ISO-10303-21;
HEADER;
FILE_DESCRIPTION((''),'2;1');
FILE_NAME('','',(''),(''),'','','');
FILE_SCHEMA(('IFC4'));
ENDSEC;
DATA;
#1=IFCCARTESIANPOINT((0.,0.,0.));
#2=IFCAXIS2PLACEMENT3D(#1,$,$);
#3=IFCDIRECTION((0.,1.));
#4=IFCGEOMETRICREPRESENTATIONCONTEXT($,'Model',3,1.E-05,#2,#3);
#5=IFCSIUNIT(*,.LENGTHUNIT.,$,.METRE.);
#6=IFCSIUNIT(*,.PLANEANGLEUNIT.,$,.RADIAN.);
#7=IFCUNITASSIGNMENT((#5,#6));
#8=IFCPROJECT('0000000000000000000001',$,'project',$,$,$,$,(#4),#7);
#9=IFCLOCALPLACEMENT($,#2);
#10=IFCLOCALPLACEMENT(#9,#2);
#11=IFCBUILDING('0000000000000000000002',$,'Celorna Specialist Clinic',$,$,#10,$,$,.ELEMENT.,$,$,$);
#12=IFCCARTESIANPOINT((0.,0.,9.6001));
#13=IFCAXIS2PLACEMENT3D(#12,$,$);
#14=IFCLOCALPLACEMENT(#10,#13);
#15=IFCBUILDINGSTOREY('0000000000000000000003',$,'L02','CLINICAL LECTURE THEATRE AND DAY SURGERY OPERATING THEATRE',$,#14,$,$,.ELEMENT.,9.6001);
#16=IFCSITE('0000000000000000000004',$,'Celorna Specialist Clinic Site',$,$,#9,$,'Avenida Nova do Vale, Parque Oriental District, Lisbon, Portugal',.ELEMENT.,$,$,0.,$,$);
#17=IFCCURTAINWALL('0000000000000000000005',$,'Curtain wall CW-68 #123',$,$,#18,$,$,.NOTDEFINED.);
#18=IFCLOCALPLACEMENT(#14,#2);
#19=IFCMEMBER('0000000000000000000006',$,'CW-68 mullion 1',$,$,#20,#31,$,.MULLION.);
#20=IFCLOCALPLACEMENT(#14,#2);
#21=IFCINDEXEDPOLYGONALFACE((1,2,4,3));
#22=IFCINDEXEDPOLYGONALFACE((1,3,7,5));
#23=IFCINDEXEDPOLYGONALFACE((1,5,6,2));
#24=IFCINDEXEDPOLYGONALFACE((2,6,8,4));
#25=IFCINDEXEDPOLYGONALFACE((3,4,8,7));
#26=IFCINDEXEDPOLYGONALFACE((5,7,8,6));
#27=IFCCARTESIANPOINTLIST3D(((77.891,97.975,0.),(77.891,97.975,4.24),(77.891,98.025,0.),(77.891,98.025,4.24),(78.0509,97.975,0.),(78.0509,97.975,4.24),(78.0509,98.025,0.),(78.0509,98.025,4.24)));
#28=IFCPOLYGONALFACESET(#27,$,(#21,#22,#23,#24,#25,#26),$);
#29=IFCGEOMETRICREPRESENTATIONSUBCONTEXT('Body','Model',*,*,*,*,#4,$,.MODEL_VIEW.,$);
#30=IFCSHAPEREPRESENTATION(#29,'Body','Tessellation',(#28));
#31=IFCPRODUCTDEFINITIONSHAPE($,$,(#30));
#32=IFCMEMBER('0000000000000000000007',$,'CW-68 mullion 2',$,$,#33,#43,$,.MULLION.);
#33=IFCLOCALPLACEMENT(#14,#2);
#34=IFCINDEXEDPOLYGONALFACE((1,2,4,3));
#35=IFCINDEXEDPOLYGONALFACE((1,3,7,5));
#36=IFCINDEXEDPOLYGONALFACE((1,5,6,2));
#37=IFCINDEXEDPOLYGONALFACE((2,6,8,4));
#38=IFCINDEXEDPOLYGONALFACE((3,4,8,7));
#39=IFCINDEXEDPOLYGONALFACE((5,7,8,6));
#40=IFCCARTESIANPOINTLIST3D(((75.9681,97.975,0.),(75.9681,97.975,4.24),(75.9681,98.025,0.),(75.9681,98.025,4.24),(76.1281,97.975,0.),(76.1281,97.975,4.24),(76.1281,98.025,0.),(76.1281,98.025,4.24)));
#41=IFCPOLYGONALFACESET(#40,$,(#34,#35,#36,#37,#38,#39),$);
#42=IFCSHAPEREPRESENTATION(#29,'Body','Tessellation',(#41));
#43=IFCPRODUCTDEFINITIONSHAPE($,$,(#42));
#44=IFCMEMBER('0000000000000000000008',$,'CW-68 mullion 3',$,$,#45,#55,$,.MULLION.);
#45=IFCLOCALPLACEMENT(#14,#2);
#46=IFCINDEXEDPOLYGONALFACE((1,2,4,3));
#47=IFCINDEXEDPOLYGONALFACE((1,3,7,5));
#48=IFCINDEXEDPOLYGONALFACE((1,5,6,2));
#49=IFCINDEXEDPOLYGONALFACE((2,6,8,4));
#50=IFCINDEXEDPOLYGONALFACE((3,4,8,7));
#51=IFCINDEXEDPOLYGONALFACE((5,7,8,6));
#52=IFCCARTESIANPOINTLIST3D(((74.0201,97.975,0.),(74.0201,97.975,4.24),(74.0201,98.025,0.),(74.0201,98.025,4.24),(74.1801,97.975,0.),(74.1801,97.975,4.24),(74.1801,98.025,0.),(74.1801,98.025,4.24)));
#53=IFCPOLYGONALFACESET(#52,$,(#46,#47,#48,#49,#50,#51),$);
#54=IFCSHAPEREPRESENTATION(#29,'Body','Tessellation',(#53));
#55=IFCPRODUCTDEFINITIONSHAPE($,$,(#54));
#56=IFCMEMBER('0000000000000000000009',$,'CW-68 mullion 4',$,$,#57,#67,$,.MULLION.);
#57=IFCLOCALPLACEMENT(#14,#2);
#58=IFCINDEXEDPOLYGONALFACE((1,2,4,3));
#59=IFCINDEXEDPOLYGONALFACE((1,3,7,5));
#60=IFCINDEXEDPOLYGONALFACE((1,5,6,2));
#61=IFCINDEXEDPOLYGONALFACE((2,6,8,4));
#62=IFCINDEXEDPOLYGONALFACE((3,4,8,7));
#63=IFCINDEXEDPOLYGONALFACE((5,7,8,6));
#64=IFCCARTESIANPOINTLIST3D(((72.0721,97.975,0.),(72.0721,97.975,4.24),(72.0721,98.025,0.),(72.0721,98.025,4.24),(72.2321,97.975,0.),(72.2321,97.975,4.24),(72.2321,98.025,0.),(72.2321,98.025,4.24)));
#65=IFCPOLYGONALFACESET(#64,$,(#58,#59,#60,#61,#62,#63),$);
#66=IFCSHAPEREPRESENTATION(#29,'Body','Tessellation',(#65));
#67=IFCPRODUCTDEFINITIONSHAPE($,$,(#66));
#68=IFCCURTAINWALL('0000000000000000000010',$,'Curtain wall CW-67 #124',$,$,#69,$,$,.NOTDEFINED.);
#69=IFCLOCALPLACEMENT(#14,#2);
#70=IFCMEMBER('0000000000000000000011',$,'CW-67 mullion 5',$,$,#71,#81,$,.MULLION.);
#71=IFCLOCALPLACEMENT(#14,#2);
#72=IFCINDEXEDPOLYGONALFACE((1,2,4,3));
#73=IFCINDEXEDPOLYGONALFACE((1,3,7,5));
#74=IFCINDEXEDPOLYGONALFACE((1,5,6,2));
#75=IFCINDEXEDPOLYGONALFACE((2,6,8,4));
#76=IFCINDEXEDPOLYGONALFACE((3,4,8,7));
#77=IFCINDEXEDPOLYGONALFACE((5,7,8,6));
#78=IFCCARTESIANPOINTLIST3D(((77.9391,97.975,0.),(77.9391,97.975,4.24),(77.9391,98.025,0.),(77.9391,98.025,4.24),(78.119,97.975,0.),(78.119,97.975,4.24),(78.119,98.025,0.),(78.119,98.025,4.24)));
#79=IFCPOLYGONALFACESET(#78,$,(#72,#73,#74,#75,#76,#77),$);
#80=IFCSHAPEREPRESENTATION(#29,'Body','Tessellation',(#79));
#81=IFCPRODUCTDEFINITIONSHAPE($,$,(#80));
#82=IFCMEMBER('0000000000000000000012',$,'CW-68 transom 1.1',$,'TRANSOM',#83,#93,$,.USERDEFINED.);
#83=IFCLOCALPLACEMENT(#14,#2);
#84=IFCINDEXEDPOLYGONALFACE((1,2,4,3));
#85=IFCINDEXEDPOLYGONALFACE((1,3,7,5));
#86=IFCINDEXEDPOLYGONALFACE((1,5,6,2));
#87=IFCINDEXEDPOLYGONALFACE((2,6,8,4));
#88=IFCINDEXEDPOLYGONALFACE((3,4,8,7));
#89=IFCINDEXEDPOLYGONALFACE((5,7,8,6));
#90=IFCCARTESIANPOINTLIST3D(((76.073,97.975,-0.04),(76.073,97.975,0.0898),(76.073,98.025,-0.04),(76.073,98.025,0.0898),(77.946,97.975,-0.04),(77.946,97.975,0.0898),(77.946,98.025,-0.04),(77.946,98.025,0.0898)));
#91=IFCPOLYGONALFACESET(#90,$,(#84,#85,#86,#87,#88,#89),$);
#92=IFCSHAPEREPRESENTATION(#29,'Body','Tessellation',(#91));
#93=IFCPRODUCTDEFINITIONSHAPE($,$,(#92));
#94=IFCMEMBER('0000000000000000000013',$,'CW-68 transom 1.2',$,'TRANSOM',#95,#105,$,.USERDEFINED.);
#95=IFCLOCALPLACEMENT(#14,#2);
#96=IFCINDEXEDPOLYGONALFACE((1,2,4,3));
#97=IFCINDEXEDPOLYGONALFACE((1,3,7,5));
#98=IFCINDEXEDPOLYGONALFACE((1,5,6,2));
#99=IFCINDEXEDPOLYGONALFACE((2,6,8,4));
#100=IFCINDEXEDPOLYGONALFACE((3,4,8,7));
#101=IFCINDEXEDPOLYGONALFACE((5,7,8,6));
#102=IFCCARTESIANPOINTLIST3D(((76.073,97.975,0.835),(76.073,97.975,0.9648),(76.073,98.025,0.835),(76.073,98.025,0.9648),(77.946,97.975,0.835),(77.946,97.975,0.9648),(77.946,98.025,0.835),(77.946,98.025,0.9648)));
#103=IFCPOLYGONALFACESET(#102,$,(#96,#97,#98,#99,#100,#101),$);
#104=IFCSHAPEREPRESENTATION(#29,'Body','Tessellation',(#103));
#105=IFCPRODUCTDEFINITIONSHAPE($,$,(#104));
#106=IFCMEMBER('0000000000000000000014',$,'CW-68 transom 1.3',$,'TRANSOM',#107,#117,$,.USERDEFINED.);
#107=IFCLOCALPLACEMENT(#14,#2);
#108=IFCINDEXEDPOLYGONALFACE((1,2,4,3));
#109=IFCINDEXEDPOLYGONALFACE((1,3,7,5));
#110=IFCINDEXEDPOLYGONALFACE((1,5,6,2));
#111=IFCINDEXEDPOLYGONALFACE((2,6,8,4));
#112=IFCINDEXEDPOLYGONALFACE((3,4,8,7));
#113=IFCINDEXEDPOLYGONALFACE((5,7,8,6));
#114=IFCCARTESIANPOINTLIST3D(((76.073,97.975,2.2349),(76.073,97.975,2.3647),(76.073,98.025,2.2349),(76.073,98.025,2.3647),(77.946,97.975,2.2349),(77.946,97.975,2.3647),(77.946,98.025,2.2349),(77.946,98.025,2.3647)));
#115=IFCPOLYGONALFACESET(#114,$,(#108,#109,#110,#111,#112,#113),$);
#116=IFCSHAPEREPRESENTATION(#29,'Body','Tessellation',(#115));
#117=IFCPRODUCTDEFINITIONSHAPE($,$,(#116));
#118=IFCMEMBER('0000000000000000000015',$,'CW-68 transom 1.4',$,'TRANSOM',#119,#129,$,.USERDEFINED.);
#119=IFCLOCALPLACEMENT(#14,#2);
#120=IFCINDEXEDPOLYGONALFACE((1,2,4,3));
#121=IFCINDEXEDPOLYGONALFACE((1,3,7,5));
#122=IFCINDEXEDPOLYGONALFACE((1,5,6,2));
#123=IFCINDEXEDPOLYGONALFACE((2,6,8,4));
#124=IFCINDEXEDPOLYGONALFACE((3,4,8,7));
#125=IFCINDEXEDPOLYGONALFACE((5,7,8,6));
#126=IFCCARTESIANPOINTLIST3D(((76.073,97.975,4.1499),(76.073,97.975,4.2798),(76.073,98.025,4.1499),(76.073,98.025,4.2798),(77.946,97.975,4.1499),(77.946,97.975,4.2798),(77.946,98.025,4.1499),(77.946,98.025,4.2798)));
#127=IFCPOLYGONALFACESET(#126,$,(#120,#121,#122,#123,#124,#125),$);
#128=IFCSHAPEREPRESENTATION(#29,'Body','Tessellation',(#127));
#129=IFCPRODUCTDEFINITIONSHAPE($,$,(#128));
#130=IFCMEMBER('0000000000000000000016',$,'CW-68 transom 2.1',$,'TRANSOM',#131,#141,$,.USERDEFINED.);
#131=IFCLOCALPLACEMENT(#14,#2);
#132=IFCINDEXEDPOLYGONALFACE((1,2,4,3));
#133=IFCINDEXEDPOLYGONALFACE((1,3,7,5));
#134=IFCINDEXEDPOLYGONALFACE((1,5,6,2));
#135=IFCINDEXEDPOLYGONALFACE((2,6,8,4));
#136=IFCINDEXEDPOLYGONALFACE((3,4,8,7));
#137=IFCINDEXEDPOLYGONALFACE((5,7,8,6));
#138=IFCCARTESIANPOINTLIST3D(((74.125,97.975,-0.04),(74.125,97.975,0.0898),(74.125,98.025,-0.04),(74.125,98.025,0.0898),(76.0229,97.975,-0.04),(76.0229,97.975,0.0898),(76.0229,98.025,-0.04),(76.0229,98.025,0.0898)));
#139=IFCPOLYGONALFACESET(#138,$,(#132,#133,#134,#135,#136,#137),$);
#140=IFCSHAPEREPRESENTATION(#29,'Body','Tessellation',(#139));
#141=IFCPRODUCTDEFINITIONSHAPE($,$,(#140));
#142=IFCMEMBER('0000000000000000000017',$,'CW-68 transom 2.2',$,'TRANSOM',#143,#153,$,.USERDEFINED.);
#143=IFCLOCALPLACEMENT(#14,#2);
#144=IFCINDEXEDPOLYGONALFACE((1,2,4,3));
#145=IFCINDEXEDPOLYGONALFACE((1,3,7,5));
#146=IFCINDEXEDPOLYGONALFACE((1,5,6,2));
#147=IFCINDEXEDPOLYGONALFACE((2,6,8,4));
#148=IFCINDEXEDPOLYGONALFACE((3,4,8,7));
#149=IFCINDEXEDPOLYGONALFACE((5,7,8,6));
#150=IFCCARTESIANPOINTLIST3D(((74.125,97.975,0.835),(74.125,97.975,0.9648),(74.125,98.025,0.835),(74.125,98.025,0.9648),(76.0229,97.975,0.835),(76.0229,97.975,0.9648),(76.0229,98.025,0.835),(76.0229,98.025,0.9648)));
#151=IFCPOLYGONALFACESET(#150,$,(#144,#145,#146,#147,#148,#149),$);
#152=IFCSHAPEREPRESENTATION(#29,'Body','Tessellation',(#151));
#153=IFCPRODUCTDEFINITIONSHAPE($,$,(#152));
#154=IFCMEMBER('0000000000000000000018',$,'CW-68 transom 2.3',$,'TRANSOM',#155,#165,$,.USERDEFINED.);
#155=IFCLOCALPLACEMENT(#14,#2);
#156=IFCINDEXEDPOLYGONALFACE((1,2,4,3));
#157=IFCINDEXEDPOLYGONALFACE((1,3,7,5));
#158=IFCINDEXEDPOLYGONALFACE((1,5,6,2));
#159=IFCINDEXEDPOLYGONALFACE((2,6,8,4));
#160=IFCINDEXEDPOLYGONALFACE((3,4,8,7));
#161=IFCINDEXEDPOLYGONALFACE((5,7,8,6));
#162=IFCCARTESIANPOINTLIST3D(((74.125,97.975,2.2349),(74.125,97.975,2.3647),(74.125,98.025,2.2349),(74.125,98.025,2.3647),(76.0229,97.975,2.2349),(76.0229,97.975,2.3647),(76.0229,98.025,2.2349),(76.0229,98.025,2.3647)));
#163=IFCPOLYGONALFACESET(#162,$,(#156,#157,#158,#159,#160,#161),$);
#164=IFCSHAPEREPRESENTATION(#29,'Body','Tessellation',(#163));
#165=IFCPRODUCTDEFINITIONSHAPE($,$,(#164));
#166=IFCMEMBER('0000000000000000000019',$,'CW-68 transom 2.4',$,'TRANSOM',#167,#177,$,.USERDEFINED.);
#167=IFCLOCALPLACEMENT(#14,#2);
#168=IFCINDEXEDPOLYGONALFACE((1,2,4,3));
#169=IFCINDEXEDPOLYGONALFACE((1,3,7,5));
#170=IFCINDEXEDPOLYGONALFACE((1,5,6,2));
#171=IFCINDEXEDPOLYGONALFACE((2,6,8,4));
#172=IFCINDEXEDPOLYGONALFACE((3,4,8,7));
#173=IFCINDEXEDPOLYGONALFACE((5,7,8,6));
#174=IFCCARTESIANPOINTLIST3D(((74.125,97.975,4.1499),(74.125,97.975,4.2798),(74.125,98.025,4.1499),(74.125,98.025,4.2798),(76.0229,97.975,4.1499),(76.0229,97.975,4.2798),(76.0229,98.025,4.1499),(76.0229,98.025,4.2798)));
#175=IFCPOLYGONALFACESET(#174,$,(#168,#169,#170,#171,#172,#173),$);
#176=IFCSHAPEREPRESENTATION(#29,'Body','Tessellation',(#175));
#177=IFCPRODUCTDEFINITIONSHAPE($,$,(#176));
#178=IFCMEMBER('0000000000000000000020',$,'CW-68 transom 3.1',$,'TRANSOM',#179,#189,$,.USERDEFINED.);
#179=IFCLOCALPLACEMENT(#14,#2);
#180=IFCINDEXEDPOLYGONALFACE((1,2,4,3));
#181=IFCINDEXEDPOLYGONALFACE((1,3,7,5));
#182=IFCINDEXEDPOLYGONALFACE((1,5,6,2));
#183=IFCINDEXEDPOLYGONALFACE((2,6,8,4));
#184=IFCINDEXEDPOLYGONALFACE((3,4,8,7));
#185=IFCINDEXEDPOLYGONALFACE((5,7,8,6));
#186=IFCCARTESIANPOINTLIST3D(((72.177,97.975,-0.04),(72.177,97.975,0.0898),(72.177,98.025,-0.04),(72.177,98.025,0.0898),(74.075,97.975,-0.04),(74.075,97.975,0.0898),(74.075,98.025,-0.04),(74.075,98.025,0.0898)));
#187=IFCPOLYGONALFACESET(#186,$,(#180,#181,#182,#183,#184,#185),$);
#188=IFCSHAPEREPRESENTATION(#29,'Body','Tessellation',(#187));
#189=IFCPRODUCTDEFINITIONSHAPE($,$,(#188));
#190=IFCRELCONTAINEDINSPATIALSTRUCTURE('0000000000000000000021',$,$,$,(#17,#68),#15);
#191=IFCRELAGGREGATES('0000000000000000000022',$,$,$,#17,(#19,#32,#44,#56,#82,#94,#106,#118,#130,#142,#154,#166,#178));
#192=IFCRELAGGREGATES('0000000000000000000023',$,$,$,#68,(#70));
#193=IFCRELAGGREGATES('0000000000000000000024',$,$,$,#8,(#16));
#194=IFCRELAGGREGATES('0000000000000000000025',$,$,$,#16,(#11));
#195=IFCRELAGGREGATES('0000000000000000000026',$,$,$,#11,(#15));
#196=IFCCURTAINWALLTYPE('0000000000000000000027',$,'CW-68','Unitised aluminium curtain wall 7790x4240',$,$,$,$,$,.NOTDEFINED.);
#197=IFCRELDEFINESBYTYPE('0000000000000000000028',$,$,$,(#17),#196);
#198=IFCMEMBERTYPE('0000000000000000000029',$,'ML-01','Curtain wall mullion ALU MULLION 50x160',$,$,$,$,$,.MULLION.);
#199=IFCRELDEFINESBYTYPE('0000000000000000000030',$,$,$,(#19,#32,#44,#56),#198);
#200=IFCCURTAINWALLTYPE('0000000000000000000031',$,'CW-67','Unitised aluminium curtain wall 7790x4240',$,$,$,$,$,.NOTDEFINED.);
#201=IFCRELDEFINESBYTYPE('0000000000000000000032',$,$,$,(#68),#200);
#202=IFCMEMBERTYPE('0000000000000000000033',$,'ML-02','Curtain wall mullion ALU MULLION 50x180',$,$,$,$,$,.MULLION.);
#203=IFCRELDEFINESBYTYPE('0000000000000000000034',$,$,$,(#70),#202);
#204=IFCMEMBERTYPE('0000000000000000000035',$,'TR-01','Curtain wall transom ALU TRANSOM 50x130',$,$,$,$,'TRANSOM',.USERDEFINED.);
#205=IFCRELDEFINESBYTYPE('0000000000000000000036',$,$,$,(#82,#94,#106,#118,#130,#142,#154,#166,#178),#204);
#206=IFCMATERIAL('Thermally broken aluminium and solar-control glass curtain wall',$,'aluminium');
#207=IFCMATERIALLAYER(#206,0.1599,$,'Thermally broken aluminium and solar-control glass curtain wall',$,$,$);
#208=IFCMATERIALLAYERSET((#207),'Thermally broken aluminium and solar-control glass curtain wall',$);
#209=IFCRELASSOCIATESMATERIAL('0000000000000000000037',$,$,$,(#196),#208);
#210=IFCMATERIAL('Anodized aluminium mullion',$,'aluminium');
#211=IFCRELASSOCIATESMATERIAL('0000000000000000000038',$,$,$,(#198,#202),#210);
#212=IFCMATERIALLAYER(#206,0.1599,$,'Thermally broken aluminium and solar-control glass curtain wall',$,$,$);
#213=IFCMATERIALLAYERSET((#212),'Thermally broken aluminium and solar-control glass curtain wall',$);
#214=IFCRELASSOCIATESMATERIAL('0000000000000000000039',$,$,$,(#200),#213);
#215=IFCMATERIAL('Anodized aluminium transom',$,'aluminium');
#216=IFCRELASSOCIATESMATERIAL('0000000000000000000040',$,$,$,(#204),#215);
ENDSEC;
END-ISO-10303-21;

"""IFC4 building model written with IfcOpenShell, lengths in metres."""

from ifc_helpers import new_model, si_unit, direction, frame, origin, origin_2d, place, context, subcontext, project, spatial, rectangle, extrude, material, layer, layer_set, material_profile, profile_set, type_object, element, aggregate, save


model = new_model("IFC4")

# Units and contexts
model_context = context("Model", 3, precision=1e-05, world=origin(), true_north=direction((0.0, 1.0)))
body_context = subcontext(model_context, "Body", "Model", "MODEL_VIEW")
ifc_project = project(units=[si_unit("LENGTHUNIT", "METRE"), si_unit("PLANEANGLEUNIT", "RADIAN")], contexts=[model_context])

# Site, building, storey
site_placement = place(None, origin())
site = spatial("IfcSite", under=ifc_project, at=site_placement, Name="Celorna Specialist Clinic Site", LongName="Avenida Nova do Vale, Parque Oriental District, Lisbon, Portugal", CompositionType="ELEMENT", RefElevation=0.0)
building_placement = place(site_placement, origin())
building = spatial("IfcBuilding", under=site, at=building_placement, Name="Celorna Specialist Clinic", CompositionType="ELEMENT")
storey_placement = place(building_placement, frame((0.0, 0.0, 9.6001)))
storey = spatial("IfcBuildingStorey", under=building, at=storey_placement, Name="L02", Description="CLINICAL LECTURE THEATRE AND DAY SURGERY OPERATING THEATRE", CompositionType="ELEMENT", Elevation=9.6001)

# Curtain wall, members
ifc_material_1 = material(Name="Thermally broken aluminium and solar-control glass curtain wall", Category="aluminium")
ifc_layer_1 = layer(ifc_material_1, 0.1599, Name="Thermally broken aluminium and solar-control glass curtain wall")
ifc_layer_set_1 = layer_set([ifc_layer_1], Name="Thermally broken aluminium and solar-control glass curtain wall")
curtain_wall_type_1 = type_object("IfcCurtainWallType", Name="CW-68", Description="Unitised aluminium curtain wall 7790x4240", PredefinedType="NOTDEFINED", material=ifc_layer_set_1)
curtain_wall_1_placement = place(storey_placement, origin())
curtain_wall_1 = element("IfcCurtainWall", 1, at=curtain_wall_1_placement, inside=storey, type_object=curtain_wall_type_1, Name="Curtain wall CW-68 #123", PredefinedType="NOTDEFINED")
ifc_material_2 = material(Name="Anodized aluminium mullion", Category="aluminium")
ifc_material_profile_1 = material_profile(ifc_material_2, rectangle(XDim=0.05, YDim=0.1599, at=origin_2d()), Name="ALU MULLION 50x160")
ifc_profile_set_1 = profile_set([ifc_material_profile_1], Name="Anodized aluminium mullion")
member_type_1 = type_object("IfcMemberType", Name="ML-01", Description="Curtain wall mullion ALU MULLION 50x160", PredefinedType="MULLION", material=ifc_profile_set_1)
member_1_placement = place(storey_placement, frame((77.9709, 98.0, 0.0), z_axis=(0.0, 0.0, 1.0), x_axis=(0.0, -1.0, 0.0)))
member_1 = element("IfcMember", 2, at=member_1_placement, type_object=member_type_1, Name="CW-68 mullion 1", PredefinedType="MULLION", context=body_context, shape_type="SweptSolid", body=[
    extrude(rectangle(XDim=0.05, YDim=0.1599, at=origin_2d()), origin(), (0.0, 0.0, 1.0), 4.24),
])
member_2_placement = place(storey_placement, frame((76.0481, 98.0, 0.0), z_axis=(0.0, 0.0, 1.0), x_axis=(0.0, -1.0, 0.0)))
member_2 = element("IfcMember", 3, at=member_2_placement, type_object=member_type_1, Name="CW-68 mullion 2", PredefinedType="MULLION", context=body_context, shape_type="SweptSolid", body=[
    extrude(rectangle(XDim=0.05, YDim=0.1599, at=origin_2d()), origin(), (0.0, 0.0, 1.0), 4.24),
])
member_3_placement = place(storey_placement, frame((74.1001, 98.0, 0.0), z_axis=(0.0, 0.0, 1.0), x_axis=(0.0, -1.0, 0.0)))
member_3 = element("IfcMember", 4, at=member_3_placement, type_object=member_type_1, Name="CW-68 mullion 3", PredefinedType="MULLION", context=body_context, shape_type="SweptSolid", body=[
    extrude(rectangle(XDim=0.05, YDim=0.1599, at=origin_2d()), origin(), (0.0, 0.0, 1.0), 4.24),
])
member_4_placement = place(storey_placement, frame((72.1521, 98.0, 0.0), z_axis=(0.0, 0.0, 1.0), x_axis=(0.0, -1.0, 0.0)))
member_4 = element("IfcMember", 5, at=member_4_placement, type_object=member_type_1, Name="CW-68 mullion 4", PredefinedType="MULLION", context=body_context, shape_type="SweptSolid", body=[
    extrude(rectangle(XDim=0.05, YDim=0.1599, at=origin_2d()), origin(), (0.0, 0.0, 1.0), 4.24),
])

# Curtain wall, member
ifc_layer_2 = layer(ifc_material_1, 0.1599, Name="Thermally broken aluminium and solar-control glass curtain wall")
ifc_layer_set_2 = layer_set([ifc_layer_2], Name="Thermally broken aluminium and solar-control glass curtain wall")
curtain_wall_type_2 = type_object("IfcCurtainWallType", Name="CW-67", Description="Unitised aluminium curtain wall 7790x4240", PredefinedType="NOTDEFINED", material=ifc_layer_set_2)
curtain_wall_2_placement = place(storey_placement, origin())
curtain_wall_2 = element("IfcCurtainWall", 6, at=curtain_wall_2_placement, inside=storey, type_object=curtain_wall_type_2, Name="Curtain wall CW-67 #124", PredefinedType="NOTDEFINED")
ifc_material_profile_2 = material_profile(ifc_material_2, rectangle(XDim=0.05, YDim=0.1799, at=origin_2d()), Name="ALU MULLION 50x180")
ifc_profile_set_2 = profile_set([ifc_material_profile_2], Name="Anodized aluminium mullion")
member_type_2 = type_object("IfcMemberType", Name="ML-02", Description="Curtain wall mullion ALU MULLION 50x180", PredefinedType="MULLION", material=ifc_profile_set_2)
member_5_placement = place(storey_placement, frame((78.0291, 98.0, 0.0), z_axis=(0.0, 0.0, 1.0), x_axis=(0.0, -1.0, 0.0)))
member_5 = element("IfcMember", 7, at=member_5_placement, type_object=member_type_2, Name="CW-67 mullion 5", PredefinedType="MULLION", context=body_context, shape_type="SweptSolid", body=[
    extrude(rectangle(XDim=0.05, YDim=0.1799, at=origin_2d()), origin(), (0.0, 0.0, 1.0), 4.24),
])

# Members
ifc_material_3 = material(Name="Anodized aluminium transom", Category="aluminium")
ifc_material_profile_3 = material_profile(ifc_material_3, rectangle(XDim=0.05, YDim=0.1299, at=origin_2d()), Name="ALU TRANSOM 50x130")
ifc_profile_set_3 = profile_set([ifc_material_profile_3], Name="Anodized aluminium transom")
member_type_3 = type_object("IfcMemberType", Name="TR-01", Description="Curtain wall transom ALU TRANSOM 50x130", ElementType="TRANSOM", PredefinedType="USERDEFINED", material=ifc_profile_set_3)
member_6_placement = place(storey_placement, frame((77.946, 98.0, 0.0249), z_axis=(-1.0, 0.0, 0.0), x_axis=(0.0, -1.0, 0.0)))
member_6 = element("IfcMember", 8, at=member_6_placement, type_object=member_type_3, Name="CW-68 transom 1.1", ObjectType="TRANSOM", PredefinedType="USERDEFINED", context=body_context, shape_type="SweptSolid", body=[
    extrude(rectangle(XDim=0.05, YDim=0.1299, at=origin_2d()), origin(), (0.0, 0.0, 1.0), 1.873),
])
member_7_placement = place(storey_placement, frame((77.946, 98.0, 0.8999), z_axis=(-1.0, 0.0, 0.0), x_axis=(0.0, -1.0, 0.0)))
member_7 = element("IfcMember", 9, at=member_7_placement, type_object=member_type_3, Name="CW-68 transom 1.2", ObjectType="TRANSOM", PredefinedType="USERDEFINED", context=body_context, shape_type="SweptSolid", body=[
    extrude(rectangle(XDim=0.05, YDim=0.1299, at=origin_2d()), origin(), (0.0, 0.0, 1.0), 1.873),
])
member_8_placement = place(storey_placement, frame((77.946, 98.0, 2.2998), z_axis=(-1.0, 0.0, 0.0), x_axis=(0.0, -1.0, 0.0)))
member_8 = element("IfcMember", 10, at=member_8_placement, type_object=member_type_3, Name="CW-68 transom 1.3", ObjectType="TRANSOM", PredefinedType="USERDEFINED", context=body_context, shape_type="SweptSolid", body=[
    extrude(rectangle(XDim=0.05, YDim=0.1299, at=origin_2d()), origin(), (0.0, 0.0, 1.0), 1.873),
])
member_9_placement = place(storey_placement, frame((77.946, 98.0, 4.2148), z_axis=(-1.0, 0.0, 0.0), x_axis=(0.0, -1.0, 0.0)))
member_9 = element("IfcMember", 11, at=member_9_placement, type_object=member_type_3, Name="CW-68 transom 1.4", ObjectType="TRANSOM", PredefinedType="USERDEFINED", context=body_context, shape_type="SweptSolid", body=[
    extrude(rectangle(XDim=0.05, YDim=0.1299, at=origin_2d()), origin(), (0.0, 0.0, 1.0), 1.873),
])
member_10_placement = place(storey_placement, frame((76.0229, 98.0, 0.0249), z_axis=(-1.0, 0.0, 0.0), x_axis=(0.0, -1.0, 0.0)))
member_10 = element("IfcMember", 12, at=member_10_placement, type_object=member_type_3, Name="CW-68 transom 2.1", ObjectType="TRANSOM", PredefinedType="USERDEFINED", context=body_context, shape_type="SweptSolid", body=[
    extrude(rectangle(XDim=0.05, YDim=0.1299, at=origin_2d()), origin(), (0.0, 0.0, 1.0), 1.8979),
])
member_11_placement = place(storey_placement, frame((76.0229, 98.0, 0.8999), z_axis=(-1.0, 0.0, 0.0), x_axis=(0.0, -1.0, 0.0)))
member_11 = element("IfcMember", 13, at=member_11_placement, type_object=member_type_3, Name="CW-68 transom 2.2", ObjectType="TRANSOM", PredefinedType="USERDEFINED", context=body_context, shape_type="SweptSolid", body=[
    extrude(rectangle(XDim=0.05, YDim=0.1299, at=origin_2d()), origin(), (0.0, 0.0, 1.0), 1.8979),
])
member_12_placement = place(storey_placement, frame((76.0229, 98.0, 2.2998), z_axis=(-1.0, 0.0, 0.0), x_axis=(0.0, -1.0, 0.0)))
member_12 = element("IfcMember", 14, at=member_12_placement, type_object=member_type_3, Name="CW-68 transom 2.3", ObjectType="TRANSOM", PredefinedType="USERDEFINED", context=body_context, shape_type="SweptSolid", body=[
    extrude(rectangle(XDim=0.05, YDim=0.1299, at=origin_2d()), origin(), (0.0, 0.0, 1.0), 1.8979),
])
member_13_placement = place(storey_placement, frame((76.0229, 98.0, 4.2148), z_axis=(-1.0, 0.0, 0.0), x_axis=(0.0, -1.0, 0.0)))
member_13 = element("IfcMember", 15, at=member_13_placement, type_object=member_type_3, Name="CW-68 transom 2.4", ObjectType="TRANSOM", PredefinedType="USERDEFINED", context=body_context, shape_type="SweptSolid", body=[
    extrude(rectangle(XDim=0.05, YDim=0.1299, at=origin_2d()), origin(), (0.0, 0.0, 1.0), 1.8979),
])
member_14_placement = place(storey_placement, frame((74.075, 98.0, 0.0249), z_axis=(-1.0, 0.0, 0.0), x_axis=(0.0, -1.0, 0.0)))
member_14 = element("IfcMember", 16, at=member_14_placement, type_object=member_type_3, Name="CW-68 transom 3.1", ObjectType="TRANSOM", PredefinedType="USERDEFINED", context=body_context, shape_type="SweptSolid", body=[
    extrude(rectangle(XDim=0.05, YDim=0.1299, at=origin_2d()), origin(), (0.0, 0.0, 1.0), 1.8979),
])

aggregate(curtain_wall_1, [member_1, member_2, member_3, member_4, member_6, member_7, member_8, member_9, member_10, member_11, member_12, member_13, member_14])
aggregate(curtain_wall_2, [member_5])

save(model, "model.ifc")
